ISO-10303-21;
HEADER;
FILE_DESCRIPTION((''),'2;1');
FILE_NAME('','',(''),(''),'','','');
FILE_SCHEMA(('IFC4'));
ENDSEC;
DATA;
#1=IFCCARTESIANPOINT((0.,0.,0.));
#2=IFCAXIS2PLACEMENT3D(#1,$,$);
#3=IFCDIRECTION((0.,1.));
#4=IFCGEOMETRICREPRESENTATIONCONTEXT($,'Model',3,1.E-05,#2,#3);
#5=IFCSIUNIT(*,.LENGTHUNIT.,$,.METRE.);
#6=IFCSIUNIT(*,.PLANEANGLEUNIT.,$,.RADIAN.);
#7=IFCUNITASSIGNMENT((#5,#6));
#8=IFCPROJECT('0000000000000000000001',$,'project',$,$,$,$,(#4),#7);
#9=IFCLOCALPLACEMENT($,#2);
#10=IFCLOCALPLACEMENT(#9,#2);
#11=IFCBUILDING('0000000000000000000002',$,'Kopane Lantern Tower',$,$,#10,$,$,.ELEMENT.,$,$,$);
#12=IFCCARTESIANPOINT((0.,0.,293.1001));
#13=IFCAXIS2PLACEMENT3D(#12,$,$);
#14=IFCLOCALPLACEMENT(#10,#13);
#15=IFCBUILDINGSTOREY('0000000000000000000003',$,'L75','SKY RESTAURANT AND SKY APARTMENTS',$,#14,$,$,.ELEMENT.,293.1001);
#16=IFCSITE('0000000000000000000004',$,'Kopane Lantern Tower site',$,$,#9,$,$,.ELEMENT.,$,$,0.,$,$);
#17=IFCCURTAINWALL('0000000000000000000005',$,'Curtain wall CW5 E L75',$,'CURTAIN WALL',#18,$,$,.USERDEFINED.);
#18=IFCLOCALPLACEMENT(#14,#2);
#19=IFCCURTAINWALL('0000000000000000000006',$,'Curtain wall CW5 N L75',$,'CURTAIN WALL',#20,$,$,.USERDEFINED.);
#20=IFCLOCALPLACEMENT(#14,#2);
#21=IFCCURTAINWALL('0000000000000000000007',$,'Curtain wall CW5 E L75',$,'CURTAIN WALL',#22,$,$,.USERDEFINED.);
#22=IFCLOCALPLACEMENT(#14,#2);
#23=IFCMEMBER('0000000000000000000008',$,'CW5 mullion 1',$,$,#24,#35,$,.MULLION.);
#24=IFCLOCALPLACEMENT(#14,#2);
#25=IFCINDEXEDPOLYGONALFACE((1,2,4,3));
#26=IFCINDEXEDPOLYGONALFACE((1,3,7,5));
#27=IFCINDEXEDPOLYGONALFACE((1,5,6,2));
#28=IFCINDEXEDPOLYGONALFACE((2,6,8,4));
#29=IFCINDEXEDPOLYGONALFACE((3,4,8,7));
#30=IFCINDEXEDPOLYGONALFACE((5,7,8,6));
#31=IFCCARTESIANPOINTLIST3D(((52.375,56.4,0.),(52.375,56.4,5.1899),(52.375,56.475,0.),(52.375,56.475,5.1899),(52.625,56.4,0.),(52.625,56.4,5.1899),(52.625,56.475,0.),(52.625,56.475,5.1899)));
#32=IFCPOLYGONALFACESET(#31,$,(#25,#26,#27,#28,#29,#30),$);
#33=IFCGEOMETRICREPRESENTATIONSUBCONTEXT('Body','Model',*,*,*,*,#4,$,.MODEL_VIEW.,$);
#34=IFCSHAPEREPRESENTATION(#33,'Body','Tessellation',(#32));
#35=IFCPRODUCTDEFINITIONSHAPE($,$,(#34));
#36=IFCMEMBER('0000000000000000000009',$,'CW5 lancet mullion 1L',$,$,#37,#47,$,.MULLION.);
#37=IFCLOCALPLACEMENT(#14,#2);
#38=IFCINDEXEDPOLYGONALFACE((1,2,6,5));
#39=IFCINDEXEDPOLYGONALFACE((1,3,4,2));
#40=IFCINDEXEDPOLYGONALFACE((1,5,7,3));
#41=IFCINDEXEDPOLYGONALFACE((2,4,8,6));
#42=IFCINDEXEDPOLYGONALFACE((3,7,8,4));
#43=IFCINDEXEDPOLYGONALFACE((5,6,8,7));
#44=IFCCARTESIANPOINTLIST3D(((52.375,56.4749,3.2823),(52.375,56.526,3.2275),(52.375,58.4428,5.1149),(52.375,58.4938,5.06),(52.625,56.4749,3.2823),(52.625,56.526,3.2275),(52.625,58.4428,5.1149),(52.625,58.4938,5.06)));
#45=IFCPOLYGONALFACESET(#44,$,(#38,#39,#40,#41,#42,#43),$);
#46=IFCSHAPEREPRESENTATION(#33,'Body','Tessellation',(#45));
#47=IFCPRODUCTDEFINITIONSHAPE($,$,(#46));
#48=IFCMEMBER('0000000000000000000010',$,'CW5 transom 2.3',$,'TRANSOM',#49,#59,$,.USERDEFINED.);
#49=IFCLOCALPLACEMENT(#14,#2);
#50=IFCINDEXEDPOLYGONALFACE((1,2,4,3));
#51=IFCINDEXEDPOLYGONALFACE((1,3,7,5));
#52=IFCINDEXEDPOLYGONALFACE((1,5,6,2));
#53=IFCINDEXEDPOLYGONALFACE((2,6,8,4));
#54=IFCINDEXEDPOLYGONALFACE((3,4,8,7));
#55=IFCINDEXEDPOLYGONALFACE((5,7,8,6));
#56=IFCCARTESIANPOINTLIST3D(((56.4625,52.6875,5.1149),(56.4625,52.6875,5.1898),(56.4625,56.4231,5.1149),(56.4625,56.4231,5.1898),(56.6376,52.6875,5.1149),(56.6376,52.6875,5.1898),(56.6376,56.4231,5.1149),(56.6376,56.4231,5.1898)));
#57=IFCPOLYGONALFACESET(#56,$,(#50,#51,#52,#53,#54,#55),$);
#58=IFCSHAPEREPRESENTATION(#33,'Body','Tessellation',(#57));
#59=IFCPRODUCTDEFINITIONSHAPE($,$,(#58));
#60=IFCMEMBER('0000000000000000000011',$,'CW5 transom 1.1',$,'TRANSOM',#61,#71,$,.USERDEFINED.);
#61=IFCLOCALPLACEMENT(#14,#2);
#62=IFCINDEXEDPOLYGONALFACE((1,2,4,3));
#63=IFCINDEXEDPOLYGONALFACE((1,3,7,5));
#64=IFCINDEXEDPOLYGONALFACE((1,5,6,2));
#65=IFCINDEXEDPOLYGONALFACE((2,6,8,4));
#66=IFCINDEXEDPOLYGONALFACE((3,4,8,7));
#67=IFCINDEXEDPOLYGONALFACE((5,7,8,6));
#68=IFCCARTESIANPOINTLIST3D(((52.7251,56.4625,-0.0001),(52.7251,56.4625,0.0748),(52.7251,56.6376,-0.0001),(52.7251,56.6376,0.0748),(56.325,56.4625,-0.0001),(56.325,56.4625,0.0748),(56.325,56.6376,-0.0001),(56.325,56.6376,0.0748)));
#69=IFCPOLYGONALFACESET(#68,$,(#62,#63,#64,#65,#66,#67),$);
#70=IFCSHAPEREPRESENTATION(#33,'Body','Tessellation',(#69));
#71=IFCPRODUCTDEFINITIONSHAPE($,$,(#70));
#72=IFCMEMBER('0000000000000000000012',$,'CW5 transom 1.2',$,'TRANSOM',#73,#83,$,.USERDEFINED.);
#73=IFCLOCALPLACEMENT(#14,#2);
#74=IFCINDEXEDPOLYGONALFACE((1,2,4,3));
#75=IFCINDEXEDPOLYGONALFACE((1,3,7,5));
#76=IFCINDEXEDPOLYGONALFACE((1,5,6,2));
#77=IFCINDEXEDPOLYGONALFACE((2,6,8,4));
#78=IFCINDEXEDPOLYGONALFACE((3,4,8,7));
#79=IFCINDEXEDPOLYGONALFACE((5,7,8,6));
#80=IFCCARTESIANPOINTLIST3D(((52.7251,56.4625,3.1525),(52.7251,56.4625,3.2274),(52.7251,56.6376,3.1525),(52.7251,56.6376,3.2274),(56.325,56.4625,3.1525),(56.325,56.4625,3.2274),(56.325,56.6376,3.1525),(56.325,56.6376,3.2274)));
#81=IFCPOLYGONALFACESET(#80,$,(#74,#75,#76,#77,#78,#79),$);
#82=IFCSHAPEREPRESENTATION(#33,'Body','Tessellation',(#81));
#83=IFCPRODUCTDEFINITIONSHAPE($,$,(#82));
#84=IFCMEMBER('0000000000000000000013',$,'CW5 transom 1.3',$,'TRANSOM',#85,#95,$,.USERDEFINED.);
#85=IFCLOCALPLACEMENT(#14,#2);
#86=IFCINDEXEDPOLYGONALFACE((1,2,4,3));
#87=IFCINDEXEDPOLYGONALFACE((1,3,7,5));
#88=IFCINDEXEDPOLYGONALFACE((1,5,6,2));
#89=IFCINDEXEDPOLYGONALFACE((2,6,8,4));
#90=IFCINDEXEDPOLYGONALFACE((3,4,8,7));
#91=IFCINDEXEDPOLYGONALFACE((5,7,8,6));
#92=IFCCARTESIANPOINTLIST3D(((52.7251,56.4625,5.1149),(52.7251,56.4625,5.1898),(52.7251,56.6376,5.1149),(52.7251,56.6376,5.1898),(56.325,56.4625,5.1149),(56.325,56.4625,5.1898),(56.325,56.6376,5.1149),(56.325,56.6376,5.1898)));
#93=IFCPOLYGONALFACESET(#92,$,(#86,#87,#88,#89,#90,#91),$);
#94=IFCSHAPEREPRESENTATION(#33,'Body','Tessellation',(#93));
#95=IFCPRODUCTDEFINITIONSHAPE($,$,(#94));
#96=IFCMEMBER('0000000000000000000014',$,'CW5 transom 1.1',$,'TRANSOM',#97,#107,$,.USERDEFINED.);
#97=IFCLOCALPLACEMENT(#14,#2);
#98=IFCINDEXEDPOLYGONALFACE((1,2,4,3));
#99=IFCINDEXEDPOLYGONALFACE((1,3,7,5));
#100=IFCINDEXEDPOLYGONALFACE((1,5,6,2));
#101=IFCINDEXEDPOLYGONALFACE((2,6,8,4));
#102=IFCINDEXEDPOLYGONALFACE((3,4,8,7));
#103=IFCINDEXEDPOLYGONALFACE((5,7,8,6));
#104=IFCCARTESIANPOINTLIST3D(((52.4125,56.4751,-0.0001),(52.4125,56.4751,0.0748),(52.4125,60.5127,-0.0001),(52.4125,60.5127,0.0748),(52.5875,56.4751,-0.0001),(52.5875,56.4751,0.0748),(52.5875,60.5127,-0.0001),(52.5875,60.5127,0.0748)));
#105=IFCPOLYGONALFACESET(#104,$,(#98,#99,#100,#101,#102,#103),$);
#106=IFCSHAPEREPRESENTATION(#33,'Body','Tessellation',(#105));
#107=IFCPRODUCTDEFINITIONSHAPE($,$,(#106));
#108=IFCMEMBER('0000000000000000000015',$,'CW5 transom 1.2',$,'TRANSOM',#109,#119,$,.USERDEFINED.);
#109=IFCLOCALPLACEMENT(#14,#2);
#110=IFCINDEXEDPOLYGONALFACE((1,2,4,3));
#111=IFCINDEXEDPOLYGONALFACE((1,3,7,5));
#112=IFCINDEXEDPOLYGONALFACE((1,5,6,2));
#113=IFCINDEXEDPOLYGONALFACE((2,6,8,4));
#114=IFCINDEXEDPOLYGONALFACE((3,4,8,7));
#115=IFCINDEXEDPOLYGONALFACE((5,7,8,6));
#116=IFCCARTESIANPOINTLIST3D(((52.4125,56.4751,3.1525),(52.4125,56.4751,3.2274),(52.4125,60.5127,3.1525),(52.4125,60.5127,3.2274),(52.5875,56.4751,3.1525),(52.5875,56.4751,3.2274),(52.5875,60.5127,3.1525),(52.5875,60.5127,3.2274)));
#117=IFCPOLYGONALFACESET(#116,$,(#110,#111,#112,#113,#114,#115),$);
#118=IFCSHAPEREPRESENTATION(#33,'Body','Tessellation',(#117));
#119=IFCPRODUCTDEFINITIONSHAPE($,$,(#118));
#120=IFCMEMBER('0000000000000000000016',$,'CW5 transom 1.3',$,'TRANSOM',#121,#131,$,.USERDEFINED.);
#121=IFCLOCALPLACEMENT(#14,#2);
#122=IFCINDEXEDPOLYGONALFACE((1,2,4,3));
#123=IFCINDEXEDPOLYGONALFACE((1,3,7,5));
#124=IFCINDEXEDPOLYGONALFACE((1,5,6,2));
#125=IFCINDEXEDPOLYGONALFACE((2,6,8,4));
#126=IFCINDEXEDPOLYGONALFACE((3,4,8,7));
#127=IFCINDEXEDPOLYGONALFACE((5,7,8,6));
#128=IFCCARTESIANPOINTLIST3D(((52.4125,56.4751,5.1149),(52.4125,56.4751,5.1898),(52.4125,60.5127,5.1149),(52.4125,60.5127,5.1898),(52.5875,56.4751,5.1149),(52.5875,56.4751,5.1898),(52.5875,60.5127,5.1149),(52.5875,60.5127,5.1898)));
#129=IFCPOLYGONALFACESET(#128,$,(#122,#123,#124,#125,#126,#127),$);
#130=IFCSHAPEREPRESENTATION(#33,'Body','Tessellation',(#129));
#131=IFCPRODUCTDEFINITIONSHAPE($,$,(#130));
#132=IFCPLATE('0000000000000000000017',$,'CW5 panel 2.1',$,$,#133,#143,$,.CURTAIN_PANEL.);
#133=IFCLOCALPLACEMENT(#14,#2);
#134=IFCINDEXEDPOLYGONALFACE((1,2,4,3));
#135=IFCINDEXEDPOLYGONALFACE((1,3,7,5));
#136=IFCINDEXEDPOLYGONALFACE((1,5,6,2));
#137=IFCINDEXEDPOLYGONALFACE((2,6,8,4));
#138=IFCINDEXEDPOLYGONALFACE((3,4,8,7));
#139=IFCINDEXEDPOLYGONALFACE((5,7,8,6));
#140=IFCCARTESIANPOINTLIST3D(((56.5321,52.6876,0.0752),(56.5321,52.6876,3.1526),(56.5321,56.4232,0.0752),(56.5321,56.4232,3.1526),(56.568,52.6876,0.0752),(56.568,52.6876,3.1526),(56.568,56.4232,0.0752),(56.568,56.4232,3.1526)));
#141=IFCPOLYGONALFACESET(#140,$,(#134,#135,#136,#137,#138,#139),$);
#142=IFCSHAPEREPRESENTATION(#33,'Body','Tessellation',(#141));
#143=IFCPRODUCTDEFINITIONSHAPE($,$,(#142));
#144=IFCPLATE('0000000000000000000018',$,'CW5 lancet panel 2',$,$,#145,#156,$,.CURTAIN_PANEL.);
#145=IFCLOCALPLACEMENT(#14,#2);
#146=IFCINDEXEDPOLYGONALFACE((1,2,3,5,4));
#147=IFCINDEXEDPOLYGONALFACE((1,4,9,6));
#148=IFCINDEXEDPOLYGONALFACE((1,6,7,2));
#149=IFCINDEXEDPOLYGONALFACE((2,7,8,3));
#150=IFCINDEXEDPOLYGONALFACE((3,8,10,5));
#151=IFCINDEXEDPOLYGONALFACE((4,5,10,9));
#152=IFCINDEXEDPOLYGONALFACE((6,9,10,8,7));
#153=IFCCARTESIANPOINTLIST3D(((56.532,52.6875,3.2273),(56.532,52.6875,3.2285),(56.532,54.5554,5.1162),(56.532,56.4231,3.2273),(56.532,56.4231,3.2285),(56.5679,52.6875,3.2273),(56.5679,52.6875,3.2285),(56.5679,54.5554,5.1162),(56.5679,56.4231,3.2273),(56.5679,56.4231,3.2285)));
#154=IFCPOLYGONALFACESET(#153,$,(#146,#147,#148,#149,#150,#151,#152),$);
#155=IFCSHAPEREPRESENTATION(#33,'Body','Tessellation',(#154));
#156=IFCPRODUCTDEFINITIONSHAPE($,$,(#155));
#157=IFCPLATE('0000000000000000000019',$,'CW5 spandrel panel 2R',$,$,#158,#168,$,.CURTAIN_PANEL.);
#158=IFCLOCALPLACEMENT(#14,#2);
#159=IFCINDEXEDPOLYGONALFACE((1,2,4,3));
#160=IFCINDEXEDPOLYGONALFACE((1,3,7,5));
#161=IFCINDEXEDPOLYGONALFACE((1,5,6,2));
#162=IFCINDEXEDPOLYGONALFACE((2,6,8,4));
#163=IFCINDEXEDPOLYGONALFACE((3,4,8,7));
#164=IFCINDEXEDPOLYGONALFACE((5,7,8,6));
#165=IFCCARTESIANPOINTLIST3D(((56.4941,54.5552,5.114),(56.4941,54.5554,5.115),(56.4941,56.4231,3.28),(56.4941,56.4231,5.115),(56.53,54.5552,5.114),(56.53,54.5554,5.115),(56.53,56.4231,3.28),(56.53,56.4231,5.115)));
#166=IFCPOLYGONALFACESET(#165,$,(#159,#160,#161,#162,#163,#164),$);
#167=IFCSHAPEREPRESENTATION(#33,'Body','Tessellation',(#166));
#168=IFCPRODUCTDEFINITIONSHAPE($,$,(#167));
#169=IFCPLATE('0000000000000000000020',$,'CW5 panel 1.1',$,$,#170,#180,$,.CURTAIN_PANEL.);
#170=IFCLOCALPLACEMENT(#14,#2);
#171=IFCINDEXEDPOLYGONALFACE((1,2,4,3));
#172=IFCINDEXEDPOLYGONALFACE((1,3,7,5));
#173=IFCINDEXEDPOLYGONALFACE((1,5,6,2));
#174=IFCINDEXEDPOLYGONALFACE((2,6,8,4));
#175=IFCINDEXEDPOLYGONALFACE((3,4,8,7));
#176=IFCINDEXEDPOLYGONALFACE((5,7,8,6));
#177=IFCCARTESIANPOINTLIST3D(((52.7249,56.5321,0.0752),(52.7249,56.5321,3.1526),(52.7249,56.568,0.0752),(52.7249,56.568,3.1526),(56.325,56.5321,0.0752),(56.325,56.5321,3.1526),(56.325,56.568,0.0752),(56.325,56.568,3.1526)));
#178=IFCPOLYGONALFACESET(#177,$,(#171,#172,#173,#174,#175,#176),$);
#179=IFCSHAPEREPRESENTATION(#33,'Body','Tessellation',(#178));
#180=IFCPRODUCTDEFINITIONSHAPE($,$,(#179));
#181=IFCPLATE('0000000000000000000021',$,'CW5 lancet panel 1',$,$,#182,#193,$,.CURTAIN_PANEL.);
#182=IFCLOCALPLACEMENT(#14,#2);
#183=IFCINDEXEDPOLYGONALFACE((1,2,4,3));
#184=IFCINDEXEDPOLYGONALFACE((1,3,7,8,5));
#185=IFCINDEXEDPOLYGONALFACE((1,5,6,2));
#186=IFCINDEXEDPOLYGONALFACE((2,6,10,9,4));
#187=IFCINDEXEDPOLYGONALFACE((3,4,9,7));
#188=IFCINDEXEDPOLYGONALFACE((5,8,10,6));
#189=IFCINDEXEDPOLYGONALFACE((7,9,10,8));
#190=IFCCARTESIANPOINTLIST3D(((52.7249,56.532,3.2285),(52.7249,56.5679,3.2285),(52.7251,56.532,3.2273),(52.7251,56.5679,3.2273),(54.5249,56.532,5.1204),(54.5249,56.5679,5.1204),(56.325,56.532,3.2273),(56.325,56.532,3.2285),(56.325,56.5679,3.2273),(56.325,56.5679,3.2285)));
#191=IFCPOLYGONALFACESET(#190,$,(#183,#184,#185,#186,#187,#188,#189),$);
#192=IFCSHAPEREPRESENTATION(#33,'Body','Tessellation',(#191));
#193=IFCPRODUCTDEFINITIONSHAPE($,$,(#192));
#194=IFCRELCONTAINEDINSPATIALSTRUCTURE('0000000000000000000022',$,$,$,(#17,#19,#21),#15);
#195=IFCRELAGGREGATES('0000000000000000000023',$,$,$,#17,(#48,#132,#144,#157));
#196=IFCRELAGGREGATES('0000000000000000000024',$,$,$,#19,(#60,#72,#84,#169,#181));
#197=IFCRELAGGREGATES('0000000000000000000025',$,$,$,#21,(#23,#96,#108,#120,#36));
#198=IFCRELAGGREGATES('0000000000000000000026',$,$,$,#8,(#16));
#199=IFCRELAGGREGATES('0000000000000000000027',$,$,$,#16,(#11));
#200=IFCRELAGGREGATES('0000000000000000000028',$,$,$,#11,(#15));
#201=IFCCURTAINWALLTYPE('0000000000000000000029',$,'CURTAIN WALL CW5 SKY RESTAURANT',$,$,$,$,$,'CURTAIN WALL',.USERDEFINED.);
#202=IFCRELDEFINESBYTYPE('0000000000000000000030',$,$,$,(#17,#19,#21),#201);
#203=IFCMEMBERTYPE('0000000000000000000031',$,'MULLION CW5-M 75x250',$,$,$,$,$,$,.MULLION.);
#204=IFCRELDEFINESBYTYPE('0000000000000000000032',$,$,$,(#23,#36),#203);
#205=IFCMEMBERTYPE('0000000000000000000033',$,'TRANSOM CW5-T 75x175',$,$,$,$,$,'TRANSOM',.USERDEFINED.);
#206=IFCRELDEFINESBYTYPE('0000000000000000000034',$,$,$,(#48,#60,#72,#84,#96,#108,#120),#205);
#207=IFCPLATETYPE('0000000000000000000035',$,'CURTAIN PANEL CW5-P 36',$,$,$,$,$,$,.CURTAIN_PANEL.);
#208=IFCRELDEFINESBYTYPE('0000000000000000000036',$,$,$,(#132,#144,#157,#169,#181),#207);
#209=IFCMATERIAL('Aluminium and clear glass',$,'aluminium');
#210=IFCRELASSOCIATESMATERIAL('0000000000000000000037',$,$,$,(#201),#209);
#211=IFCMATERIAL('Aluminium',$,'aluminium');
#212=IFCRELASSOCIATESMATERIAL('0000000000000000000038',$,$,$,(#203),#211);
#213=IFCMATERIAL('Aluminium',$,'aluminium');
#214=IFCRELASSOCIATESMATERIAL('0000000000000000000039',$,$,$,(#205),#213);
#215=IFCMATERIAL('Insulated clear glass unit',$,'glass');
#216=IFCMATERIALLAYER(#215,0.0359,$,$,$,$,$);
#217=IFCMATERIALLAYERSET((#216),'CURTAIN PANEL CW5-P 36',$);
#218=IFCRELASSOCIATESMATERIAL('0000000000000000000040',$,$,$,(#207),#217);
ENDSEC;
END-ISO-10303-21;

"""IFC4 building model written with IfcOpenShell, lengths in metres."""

from ifc_helpers import new_model, si_unit, direction, frame, origin, origin_2d, place, context, subcontext, project, spatial, polyline, rectangle, outline, extrude, material, layer, layer_set, material_profile, profile_set, type_object, element, aggregate, save


model = new_model("IFC4")

# Units and contexts
model_context = context("Model", 3, precision=1e-05, world=origin(), true_north=direction((0.0, 1.0)))
body_context = subcontext(model_context, "Body", "Model", "MODEL_VIEW")
ifc_project = project(units=[si_unit("LENGTHUNIT", "METRE"), si_unit("PLANEANGLEUNIT", "RADIAN")], contexts=[model_context])

# Site, building, storey
site_placement = place(None, origin())
site = spatial("IfcSite", under=ifc_project, at=site_placement, Name="Kopane Lantern Tower site", CompositionType="ELEMENT", RefElevation=0.0)
building_placement = place(site_placement, origin())
building = spatial("IfcBuilding", under=site, at=building_placement, Name="Kopane Lantern Tower", CompositionType="ELEMENT")
storey_placement = place(building_placement, frame((0.0, 0.0, 293.1001)))
storey = spatial("IfcBuildingStorey", under=building, at=storey_placement, Name="L75", Description="SKY RESTAURANT AND SKY APARTMENTS", CompositionType="ELEMENT", Elevation=293.1001)

# Curtain walls, members
ifc_material_1 = material(Name="Aluminium and clear glass", Category="aluminium")
curtain_wall_type = type_object("IfcCurtainWallType", Name="CURTAIN WALL CW5 SKY RESTAURANT", ElementType="CURTAIN WALL", PredefinedType="USERDEFINED", material=ifc_material_1)
curtain_wall_1_placement = place(storey_placement, origin())
curtain_wall_1 = element("IfcCurtainWall", 1, at=curtain_wall_1_placement, inside=storey, type_object=curtain_wall_type, Name="Curtain wall CW5 E L75", ObjectType="CURTAIN WALL", PredefinedType="USERDEFINED")
ifc_material_2 = material(Name="Aluminium", Category="aluminium")
ifc_material_profile_1 = material_profile(ifc_material_2, rectangle(XDim=0.075, YDim=0.25, at=origin_2d()), Name="AL 75x250")
ifc_profile_set_1 = profile_set([ifc_material_profile_1], Name="Aluminium")
member_type_1 = type_object("IfcMemberType", Name="MULLION CW5-M 75x250", PredefinedType="MULLION", material=ifc_profile_set_1)
curtain_wall_2_placement = place(storey_placement, origin())
curtain_wall_2 = element("IfcCurtainWall", 2, at=curtain_wall_2_placement, inside=storey, type_object=curtain_wall_type, Name="Curtain wall CW5 N L75", ObjectType="CURTAIN WALL", PredefinedType="USERDEFINED")
curtain_wall_3_placement = place(storey_placement, origin())
curtain_wall_3 = element("IfcCurtainWall", 3, at=curtain_wall_3_placement, inside=storey, type_object=curtain_wall_type, Name="Curtain wall CW5 E L75", ObjectType="CURTAIN WALL", PredefinedType="USERDEFINED")
member_1_placement = place(storey_placement, frame((52.5, 56.4375, 0.0), z_axis=(0.0, 0.0, 1.0), x_axis=(0.0, 1.0, 0.0)))
member_1 = element("IfcMember", 4, at=member_1_placement, type_object=member_type_1, Name="CW5 mullion 1", PredefinedType="MULLION", context=body_context, shape_type="SweptSolid", body=[
    extrude(rectangle(XDim=0.075, YDim=0.25, at=origin_2d()), origin(), (0.0, 0.0, 1.0), 5.1899),
])
member_2_placement = place(storey_placement, frame((52.5, 56.5005, 3.2549), z_axis=(0.0, 0.73181, 0.681509), x_axis=(0.0, -0.681509, 0.73181)))
member_2 = element("IfcMember", 5, at=member_2_placement, type_object=member_type_1, Name="CW5 lancet mullion 1L", PredefinedType="MULLION", context=body_context, shape_type="SweptSolid", body=[
    extrude(rectangle(XDim=0.075, YDim=0.25, at=origin_2d()), origin(), (0.0, 0.0, 1.0), 2.689),
])

# Members
ifc_material_3 = material(Name="Aluminium", Category="aluminium")
ifc_material_profile_2 = material_profile(ifc_material_3, rectangle(XDim=0.175, YDim=0.075, at=origin_2d()), Name="AL 175x75")
ifc_profile_set_2 = profile_set([ifc_material_profile_2], Name="Aluminium")
member_type_2 = type_object("IfcMemberType", Name="TRANSOM CW5-T 75x175", ElementType="TRANSOM", PredefinedType="USERDEFINED", material=ifc_profile_set_2)
member_3_placement = place(storey_placement, frame((56.55, 52.6875, 5.1523), z_axis=(0.0, 1.0, 0.0), x_axis=(-1.0, 0.0, 0.0)))
member_3 = element("IfcMember", 6, at=member_3_placement, type_object=member_type_2, Name="CW5 transom 2.3", ObjectType="TRANSOM", PredefinedType="USERDEFINED", context=body_context, shape_type="SweptSolid", body=[
    extrude(rectangle(XDim=0.175, YDim=0.075, at=origin_2d()), origin(), (0.0, 0.0, 1.0), 3.7356),
])
member_4_placement = place(storey_placement, frame((56.325, 56.55, 0.0374), z_axis=(-1.0, 0.0, 0.0), x_axis=(0.0, -1.0, 0.0)))
member_4 = element("IfcMember", 7, at=member_4_placement, type_object=member_type_2, Name="CW5 transom 1.1", ObjectType="TRANSOM", PredefinedType="USERDEFINED", context=body_context, shape_type="SweptSolid", body=[
    extrude(rectangle(XDim=0.175, YDim=0.075, at=origin_2d()), origin(), (0.0, 0.0, 1.0), 3.5999),
])
member_5_placement = place(storey_placement, frame((56.325, 56.55, 3.1899), z_axis=(-1.0, 0.0, 0.0), x_axis=(0.0, -1.0, 0.0)))
member_5 = element("IfcMember", 8, at=member_5_placement, type_object=member_type_2, Name="CW5 transom 1.2", ObjectType="TRANSOM", PredefinedType="USERDEFINED", context=body_context, shape_type="SweptSolid", body=[
    extrude(rectangle(XDim=0.175, YDim=0.075, at=origin_2d()), origin(), (0.0, 0.0, 1.0), 3.5999),
])
member_6_placement = place(storey_placement, frame((56.325, 56.55, 5.1523), z_axis=(-1.0, 0.0, 0.0), x_axis=(0.0, -1.0, 0.0)))
member_6 = element("IfcMember", 9, at=member_6_placement, type_object=member_type_2, Name="CW5 transom 1.3", ObjectType="TRANSOM", PredefinedType="USERDEFINED", context=body_context, shape_type="SweptSolid", body=[
    extrude(rectangle(XDim=0.175, YDim=0.075, at=origin_2d()), origin(), (0.0, 0.0, 1.0), 3.5999),
])
member_7_placement = place(storey_placement, frame((52.5, 56.4751, 0.0374), z_axis=(0.0, 1.0, 0.0), x_axis=(-1.0, 0.0, 0.0)))
member_7 = element("IfcMember", 10, at=member_7_placement, type_object=member_type_2, Name="CW5 transom 1.1", ObjectType="TRANSOM", PredefinedType="USERDEFINED", context=body_context, shape_type="SweptSolid", body=[
    extrude(rectangle(XDim=0.175, YDim=0.075, at=origin_2d()), origin(), (0.0, 0.0, 1.0), 4.0376),
])
member_8_placement = place(storey_placement, frame((52.5, 56.4751, 3.1899), z_axis=(0.0, 1.0, 0.0), x_axis=(-1.0, 0.0, 0.0)))
member_8 = element("IfcMember", 11, at=member_8_placement, type_object=member_type_2, Name="CW5 transom 1.2", ObjectType="TRANSOM", PredefinedType="USERDEFINED", context=body_context, shape_type="SweptSolid", body=[
    extrude(rectangle(XDim=0.175, YDim=0.075, at=origin_2d()), origin(), (0.0, 0.0, 1.0), 4.0376),
])
member_9_placement = place(storey_placement, frame((52.5, 56.4751, 5.1523), z_axis=(0.0, 1.0, 0.0), x_axis=(-1.0, 0.0, 0.0)))
member_9 = element("IfcMember", 12, at=member_9_placement, type_object=member_type_2, Name="CW5 transom 1.3", ObjectType="TRANSOM", PredefinedType="USERDEFINED", context=body_context, shape_type="SweptSolid", body=[
    extrude(rectangle(XDim=0.175, YDim=0.075, at=origin_2d()), origin(), (0.0, 0.0, 1.0), 4.0376),
])

# Plates
ifc_material_4 = material(Name="Insulated clear glass unit", Category="glass")
ifc_layer_1 = layer(ifc_material_4, 0.0359)
ifc_layer_set_1 = layer_set([ifc_layer_1], Name="CURTAIN PANEL CW5-P 36")
plate_type = type_object("IfcPlateType", Name="CURTAIN PANEL CW5-P 36", PredefinedType="CURTAIN_PANEL", material=ifc_layer_set_1)
plate_1_placement = place(storey_placement, frame((56.55, 54.5554, 0.0752), z_axis=(0.0, 0.0, 1.0), x_axis=(0.0, 1.0, 0.0)))
plate_1 = element("IfcPlate", 13, at=plate_1_placement, type_object=plate_type, Name="CW5 panel 2.1", PredefinedType="CURTAIN_PANEL", context=body_context, shape_type="SweptSolid", body=[
    extrude(rectangle(XDim=3.7356, YDim=0.0359, at=origin_2d()), origin(), (0.0, 0.0, 1.0), 3.0774),
])
plate_2_placement = place(storey_placement, frame((56.55, 52.6875, 3.2273), z_axis=(0.0, 0.0, 1.0), x_axis=(0.0, 1.0, 0.0)))
plate_2 = element("IfcPlate", 14, at=plate_2_placement, type_object=plate_type, Name="CW5 lancet panel 2", PredefinedType="CURTAIN_PANEL", context=body_context, shape_type="SweptSolid", body=[
    extrude(outline(polyline([(0.0, 0.0), (3.7356, 0.0), (3.7356, 0.0012), (1.8679, 1.8889), (0.0, 0.0012), (0.0, 0.0)])), frame((0.0, 0.0181, 0.0), z_axis=(0.0, -1.0, 0.0), x_axis=(1.0, 0.0, 0.0)), (0.0, 0.0, 1.0), 0.0359),
])
plate_3_placement = place(storey_placement, frame((56.512, 56.4231, 5.115), z_axis=(0.0, 0.0, 1.0), x_axis=(0.0, -1.0, 0.0)))
plate_3 = element("IfcPlate", 15, at=plate_3_placement, type_object=plate_type, Name="CW5 spandrel panel 2R", PredefinedType="CURTAIN_PANEL", context=body_context, shape_type="SweptSolid", body=[
    extrude(outline(polyline([(0.0, 0.0), (1.8677, 0.0), (1.8679, -0.001), (0.0, -1.835), (0.0, 0.0)])), frame((0.0, 0.0181, 0.0), z_axis=(0.0, -1.0, 0.0), x_axis=(1.0, 0.0, 0.0)), (0.0, 0.0, 1.0), 0.0359),
])
aggregate(curtain_wall_1, [member_3, plate_1, plate_2, plate_3])
plate_4_placement = place(storey_placement, frame((54.5249, 56.55, 0.0752), z_axis=(0.0, 0.0, 1.0), x_axis=(-1.0, 0.0, 0.0)))
plate_4 = element("IfcPlate", 16, at=plate_4_placement, type_object=plate_type, Name="CW5 panel 1.1", PredefinedType="CURTAIN_PANEL", context=body_context, shape_type="SweptSolid", body=[
    extrude(rectangle(XDim=3.6001, YDim=0.0359, at=origin_2d()), origin(), (0.0, 0.0, 1.0), 3.0774),
])
plate_5_placement = place(storey_placement, frame((56.325, 56.55, 3.2273), z_axis=(0.0, 0.0, 1.0), x_axis=(-1.0, 0.0, 0.0)))
plate_5 = element("IfcPlate", 17, at=plate_5_placement, type_object=plate_type, Name="CW5 lancet panel 1", PredefinedType="CURTAIN_PANEL", context=body_context, shape_type="SweptSolid", body=[
    extrude(outline(polyline([(0.0, 0.0), (3.5999, 0.0), (3.6001, 0.0012), (1.8, 1.8931), (0.0, 0.0012), (0.0, 0.0)])), frame((0.0, 0.0181, 0.0), z_axis=(0.0, -1.0, 0.0), x_axis=(1.0, 0.0, 0.0)), (0.0, 0.0, 1.0), 0.0359),
])
aggregate(curtain_wall_2, [member_4, member_5, member_6, plate_4, plate_5])
aggregate(curtain_wall_3, [member_1, member_7, member_8, member_9, member_2])

save(model, "model.ifc")
